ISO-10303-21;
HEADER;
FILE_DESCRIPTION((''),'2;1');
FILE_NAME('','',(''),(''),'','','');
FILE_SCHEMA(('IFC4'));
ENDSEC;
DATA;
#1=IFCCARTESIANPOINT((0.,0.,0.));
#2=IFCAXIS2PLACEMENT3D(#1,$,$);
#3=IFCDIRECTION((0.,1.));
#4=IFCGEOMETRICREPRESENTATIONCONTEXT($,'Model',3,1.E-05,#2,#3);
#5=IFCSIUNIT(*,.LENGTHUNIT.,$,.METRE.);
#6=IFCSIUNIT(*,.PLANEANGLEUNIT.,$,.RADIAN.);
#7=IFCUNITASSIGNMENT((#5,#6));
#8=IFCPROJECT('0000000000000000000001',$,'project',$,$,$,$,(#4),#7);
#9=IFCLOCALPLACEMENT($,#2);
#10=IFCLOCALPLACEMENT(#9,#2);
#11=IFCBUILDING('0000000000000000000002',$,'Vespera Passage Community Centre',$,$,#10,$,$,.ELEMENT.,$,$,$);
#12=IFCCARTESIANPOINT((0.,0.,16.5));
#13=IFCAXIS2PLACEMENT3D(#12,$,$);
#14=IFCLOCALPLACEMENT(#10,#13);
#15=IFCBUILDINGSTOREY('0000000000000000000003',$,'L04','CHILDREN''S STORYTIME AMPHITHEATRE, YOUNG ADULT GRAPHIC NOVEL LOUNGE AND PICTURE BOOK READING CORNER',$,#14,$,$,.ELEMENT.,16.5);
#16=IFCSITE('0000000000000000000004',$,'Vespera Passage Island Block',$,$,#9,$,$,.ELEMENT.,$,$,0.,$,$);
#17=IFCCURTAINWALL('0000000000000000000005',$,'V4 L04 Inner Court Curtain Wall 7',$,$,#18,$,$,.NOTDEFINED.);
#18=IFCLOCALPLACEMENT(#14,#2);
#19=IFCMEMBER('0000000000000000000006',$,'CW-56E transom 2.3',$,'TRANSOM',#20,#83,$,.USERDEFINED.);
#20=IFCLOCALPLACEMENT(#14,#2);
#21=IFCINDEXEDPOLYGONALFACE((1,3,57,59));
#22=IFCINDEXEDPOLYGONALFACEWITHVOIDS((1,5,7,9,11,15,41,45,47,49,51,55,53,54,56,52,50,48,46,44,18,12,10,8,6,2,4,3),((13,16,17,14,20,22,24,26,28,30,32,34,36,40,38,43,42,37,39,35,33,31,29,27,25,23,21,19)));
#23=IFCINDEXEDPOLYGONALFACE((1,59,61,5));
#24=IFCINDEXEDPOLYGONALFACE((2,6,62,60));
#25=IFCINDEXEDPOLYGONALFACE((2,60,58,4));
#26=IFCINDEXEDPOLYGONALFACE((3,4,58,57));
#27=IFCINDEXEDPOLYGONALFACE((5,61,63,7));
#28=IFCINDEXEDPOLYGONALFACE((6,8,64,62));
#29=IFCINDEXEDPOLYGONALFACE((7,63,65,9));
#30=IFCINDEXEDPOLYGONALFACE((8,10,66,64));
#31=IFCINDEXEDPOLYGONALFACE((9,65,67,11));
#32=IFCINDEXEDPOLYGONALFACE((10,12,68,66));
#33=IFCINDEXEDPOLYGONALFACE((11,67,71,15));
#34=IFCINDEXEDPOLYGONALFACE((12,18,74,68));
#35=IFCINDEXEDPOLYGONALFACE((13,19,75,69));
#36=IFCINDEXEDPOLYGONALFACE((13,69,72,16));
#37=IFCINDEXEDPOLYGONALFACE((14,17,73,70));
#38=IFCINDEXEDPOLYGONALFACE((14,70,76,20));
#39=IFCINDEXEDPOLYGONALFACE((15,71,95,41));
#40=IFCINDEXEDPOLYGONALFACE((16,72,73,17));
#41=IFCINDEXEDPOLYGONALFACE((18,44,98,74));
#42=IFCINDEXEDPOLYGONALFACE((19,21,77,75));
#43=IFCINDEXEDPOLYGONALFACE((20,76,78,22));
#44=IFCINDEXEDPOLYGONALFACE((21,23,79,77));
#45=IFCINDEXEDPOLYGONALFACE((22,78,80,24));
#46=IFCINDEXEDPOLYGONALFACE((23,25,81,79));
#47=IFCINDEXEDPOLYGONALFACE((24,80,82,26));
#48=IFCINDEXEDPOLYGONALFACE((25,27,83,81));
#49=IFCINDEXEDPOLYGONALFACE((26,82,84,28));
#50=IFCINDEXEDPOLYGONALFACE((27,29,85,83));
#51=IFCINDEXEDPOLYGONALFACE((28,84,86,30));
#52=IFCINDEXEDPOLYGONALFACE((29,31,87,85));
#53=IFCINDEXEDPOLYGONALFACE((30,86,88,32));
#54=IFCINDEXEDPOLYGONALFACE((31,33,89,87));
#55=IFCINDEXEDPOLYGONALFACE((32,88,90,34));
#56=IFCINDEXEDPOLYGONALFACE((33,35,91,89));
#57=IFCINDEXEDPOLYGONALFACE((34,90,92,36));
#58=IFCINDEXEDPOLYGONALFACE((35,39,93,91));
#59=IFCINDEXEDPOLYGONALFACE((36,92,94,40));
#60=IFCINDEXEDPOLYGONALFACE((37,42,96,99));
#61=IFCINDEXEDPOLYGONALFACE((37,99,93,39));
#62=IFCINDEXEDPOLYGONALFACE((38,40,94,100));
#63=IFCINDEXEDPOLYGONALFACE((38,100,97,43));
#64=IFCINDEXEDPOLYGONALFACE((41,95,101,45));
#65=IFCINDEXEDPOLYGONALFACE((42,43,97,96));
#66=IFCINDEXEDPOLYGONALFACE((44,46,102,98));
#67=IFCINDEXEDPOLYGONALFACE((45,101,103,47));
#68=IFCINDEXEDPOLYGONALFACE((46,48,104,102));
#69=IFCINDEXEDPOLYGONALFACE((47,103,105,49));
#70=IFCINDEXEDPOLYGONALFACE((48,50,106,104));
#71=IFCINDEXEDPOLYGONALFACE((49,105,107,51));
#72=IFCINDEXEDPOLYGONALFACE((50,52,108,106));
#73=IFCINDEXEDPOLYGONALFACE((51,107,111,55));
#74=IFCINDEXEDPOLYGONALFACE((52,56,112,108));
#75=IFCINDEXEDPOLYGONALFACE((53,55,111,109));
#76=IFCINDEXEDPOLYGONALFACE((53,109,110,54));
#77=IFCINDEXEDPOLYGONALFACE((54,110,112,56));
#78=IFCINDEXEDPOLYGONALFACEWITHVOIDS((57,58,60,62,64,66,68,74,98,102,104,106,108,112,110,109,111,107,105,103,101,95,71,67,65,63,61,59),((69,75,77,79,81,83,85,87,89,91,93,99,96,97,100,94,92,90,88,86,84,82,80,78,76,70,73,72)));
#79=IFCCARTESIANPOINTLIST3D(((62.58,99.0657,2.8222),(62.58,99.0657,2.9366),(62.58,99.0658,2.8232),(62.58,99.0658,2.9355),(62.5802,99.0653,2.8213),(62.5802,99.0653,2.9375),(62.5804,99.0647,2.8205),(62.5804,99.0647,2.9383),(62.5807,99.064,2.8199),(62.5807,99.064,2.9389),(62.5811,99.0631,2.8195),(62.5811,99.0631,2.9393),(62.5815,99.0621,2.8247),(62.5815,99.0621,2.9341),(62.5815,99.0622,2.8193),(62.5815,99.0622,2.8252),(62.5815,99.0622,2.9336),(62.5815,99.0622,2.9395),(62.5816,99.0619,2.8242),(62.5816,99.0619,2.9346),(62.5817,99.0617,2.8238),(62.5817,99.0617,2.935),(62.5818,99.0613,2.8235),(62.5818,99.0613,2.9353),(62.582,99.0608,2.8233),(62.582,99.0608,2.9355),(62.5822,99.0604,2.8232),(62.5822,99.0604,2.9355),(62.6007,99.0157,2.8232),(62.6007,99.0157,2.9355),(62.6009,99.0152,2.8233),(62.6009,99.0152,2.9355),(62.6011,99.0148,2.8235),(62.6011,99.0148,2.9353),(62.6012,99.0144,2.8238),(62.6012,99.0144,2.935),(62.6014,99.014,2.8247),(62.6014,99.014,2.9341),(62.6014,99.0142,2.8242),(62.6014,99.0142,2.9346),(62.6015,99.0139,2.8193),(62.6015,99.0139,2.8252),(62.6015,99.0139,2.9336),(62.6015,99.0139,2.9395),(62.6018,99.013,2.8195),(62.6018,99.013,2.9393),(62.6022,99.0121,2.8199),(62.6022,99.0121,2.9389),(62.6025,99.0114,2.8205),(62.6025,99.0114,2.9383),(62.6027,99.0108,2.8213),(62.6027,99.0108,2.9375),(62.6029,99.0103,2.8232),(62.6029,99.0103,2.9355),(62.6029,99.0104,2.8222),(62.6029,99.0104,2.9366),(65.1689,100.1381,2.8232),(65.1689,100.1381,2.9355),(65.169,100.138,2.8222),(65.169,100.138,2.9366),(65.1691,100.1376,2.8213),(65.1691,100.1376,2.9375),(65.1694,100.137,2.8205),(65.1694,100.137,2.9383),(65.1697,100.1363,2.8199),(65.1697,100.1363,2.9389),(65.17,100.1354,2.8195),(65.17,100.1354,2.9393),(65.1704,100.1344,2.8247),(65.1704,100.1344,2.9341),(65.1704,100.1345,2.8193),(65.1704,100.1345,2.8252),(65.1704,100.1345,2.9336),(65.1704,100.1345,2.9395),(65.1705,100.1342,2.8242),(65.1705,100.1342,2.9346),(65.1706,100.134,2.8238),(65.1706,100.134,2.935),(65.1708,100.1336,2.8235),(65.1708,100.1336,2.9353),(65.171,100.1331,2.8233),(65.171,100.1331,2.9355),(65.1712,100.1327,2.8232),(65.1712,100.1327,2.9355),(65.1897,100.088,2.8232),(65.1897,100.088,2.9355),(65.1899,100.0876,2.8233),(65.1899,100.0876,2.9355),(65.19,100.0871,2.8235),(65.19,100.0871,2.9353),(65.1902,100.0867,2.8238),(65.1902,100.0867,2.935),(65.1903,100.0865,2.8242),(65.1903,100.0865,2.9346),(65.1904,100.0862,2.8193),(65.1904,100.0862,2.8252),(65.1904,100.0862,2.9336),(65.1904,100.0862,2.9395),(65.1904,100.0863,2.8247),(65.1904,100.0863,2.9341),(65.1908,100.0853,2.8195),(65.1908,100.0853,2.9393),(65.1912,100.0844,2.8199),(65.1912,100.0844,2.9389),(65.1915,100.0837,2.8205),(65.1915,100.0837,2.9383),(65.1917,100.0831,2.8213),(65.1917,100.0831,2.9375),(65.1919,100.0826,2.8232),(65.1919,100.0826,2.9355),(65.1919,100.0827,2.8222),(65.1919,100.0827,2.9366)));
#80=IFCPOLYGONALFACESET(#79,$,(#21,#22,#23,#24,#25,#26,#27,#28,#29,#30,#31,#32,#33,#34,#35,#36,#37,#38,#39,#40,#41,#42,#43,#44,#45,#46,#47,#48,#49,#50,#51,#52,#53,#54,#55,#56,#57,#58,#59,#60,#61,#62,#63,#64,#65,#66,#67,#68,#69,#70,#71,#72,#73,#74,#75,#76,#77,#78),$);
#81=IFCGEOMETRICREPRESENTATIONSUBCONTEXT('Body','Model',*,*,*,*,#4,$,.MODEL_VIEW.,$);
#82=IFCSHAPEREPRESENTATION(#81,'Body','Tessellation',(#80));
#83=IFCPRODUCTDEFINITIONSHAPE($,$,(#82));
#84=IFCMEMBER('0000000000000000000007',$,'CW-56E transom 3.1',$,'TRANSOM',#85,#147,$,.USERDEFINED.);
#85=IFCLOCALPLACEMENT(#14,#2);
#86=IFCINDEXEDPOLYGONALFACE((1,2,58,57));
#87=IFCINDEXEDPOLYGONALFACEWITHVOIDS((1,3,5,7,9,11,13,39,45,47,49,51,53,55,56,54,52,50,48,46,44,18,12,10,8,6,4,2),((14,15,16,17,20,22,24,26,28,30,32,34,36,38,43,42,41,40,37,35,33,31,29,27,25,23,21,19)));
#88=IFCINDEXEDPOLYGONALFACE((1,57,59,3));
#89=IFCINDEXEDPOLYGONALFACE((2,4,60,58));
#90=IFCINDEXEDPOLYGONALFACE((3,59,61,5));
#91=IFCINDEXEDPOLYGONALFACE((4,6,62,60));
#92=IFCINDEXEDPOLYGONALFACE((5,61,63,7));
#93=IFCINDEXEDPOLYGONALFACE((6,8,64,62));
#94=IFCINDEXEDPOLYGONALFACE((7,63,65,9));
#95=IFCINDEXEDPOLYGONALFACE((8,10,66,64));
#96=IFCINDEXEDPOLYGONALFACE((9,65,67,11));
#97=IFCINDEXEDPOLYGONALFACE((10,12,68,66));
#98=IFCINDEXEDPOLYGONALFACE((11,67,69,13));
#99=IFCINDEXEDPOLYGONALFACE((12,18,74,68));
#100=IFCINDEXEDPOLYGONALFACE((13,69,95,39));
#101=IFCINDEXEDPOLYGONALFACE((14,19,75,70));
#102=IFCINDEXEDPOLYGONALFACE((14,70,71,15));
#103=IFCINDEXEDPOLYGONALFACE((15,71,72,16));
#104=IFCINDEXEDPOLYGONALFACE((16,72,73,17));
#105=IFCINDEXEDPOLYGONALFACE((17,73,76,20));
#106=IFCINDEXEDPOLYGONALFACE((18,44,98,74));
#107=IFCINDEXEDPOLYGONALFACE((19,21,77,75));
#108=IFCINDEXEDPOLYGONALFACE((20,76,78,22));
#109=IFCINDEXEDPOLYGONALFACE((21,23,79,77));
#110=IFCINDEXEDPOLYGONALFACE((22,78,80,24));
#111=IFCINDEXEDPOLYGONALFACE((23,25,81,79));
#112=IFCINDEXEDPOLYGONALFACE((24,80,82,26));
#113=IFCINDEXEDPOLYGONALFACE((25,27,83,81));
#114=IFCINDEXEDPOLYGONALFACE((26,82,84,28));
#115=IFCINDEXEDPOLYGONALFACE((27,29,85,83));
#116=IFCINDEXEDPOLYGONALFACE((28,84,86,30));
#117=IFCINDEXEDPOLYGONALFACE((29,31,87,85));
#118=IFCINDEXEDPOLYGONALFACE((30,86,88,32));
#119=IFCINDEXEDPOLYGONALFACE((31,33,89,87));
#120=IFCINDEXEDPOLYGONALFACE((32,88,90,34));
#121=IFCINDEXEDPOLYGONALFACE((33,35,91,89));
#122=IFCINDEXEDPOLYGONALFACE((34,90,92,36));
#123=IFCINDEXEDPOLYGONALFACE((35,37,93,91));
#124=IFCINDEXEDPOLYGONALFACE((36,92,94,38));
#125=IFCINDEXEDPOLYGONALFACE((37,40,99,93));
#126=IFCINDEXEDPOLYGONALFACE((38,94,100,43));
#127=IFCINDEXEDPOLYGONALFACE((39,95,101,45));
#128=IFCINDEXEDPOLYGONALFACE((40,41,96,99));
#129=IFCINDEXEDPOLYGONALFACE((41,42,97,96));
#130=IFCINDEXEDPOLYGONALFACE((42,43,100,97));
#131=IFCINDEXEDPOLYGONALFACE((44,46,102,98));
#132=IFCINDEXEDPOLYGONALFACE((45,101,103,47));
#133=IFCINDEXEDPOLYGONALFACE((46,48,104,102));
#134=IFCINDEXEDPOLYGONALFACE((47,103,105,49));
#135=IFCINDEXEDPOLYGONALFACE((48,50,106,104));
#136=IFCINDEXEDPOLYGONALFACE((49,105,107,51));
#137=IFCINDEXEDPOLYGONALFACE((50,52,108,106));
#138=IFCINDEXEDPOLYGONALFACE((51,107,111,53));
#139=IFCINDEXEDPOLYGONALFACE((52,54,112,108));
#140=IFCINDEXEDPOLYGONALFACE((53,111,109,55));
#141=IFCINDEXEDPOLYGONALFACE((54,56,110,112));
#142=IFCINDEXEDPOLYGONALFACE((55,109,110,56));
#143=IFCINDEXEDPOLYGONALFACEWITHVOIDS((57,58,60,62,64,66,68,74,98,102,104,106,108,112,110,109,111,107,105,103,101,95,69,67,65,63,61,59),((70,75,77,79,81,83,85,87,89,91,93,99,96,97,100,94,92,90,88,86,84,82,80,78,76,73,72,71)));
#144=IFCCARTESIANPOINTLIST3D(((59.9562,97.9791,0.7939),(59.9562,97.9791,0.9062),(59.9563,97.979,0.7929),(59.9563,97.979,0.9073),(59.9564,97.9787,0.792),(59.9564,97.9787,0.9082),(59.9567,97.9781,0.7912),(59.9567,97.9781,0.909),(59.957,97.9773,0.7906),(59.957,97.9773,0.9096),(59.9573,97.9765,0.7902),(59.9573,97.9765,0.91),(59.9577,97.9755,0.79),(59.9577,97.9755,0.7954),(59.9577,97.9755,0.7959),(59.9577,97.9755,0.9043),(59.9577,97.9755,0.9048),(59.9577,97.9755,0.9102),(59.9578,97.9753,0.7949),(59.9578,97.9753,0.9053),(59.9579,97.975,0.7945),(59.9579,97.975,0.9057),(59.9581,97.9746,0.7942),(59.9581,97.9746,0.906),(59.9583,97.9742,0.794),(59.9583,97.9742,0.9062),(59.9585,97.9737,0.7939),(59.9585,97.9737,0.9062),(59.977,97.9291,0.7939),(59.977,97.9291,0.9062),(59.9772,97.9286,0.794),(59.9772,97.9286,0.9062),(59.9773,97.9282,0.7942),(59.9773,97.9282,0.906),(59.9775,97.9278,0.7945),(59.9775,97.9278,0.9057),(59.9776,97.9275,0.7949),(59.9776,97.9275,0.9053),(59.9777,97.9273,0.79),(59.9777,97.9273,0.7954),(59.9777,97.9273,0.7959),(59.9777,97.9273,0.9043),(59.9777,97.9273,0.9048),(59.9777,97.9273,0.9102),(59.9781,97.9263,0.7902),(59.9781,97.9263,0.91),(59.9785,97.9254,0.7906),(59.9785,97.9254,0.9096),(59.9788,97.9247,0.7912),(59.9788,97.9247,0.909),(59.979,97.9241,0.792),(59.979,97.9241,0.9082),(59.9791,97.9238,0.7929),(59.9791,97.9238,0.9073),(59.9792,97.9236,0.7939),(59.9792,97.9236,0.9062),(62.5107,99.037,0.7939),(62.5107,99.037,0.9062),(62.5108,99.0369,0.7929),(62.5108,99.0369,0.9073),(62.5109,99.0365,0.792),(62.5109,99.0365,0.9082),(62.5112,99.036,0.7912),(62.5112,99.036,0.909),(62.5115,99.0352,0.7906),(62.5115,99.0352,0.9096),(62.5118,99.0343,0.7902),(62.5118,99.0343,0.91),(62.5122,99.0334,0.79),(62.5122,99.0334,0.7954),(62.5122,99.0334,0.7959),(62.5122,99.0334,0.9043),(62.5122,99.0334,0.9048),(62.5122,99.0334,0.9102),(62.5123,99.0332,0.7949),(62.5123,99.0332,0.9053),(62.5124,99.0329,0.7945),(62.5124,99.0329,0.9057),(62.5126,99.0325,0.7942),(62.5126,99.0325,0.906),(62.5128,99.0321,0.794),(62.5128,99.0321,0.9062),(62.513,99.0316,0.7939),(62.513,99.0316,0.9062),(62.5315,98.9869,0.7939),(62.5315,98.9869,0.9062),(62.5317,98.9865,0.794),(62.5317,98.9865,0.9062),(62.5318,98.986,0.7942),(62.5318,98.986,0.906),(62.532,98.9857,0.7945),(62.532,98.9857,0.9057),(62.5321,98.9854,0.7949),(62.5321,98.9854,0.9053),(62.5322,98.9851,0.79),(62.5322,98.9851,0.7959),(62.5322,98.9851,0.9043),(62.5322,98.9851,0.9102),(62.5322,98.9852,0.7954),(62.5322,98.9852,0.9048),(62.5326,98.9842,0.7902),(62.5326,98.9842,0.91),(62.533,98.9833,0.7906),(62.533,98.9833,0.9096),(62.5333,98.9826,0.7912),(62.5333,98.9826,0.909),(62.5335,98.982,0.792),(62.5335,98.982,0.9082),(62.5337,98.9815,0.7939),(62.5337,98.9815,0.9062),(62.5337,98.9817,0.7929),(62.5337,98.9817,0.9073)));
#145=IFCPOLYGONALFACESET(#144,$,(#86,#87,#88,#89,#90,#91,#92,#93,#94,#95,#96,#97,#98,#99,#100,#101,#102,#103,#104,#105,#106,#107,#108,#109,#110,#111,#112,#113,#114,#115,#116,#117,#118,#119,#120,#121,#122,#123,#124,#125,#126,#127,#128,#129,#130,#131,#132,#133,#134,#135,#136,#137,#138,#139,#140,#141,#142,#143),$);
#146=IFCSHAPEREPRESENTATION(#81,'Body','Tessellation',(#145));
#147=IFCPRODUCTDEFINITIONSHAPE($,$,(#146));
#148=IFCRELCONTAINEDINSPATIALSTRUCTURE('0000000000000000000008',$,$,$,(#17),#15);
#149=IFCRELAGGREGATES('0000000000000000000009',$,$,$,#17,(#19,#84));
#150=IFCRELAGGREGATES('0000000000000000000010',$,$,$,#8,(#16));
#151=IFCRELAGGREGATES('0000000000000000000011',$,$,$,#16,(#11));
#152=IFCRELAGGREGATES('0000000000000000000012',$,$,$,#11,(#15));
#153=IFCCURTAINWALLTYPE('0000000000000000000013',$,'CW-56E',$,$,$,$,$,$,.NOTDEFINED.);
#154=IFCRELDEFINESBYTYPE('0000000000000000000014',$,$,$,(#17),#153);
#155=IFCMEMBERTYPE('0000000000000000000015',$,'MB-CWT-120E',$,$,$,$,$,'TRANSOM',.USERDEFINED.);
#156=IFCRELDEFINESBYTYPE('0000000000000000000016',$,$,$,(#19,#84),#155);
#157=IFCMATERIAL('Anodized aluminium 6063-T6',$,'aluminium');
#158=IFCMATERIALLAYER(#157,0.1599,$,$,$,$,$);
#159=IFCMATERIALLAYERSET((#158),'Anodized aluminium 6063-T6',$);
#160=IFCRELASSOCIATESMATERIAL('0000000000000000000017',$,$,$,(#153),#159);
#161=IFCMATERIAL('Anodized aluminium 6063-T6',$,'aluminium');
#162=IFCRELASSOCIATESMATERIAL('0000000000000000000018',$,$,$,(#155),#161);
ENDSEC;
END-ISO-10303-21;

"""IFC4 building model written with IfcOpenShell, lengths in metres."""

from ifc_helpers import new_model, si_unit, direction, frame, origin, origin_2d, place, context, subcontext, project, spatial, hollow_rectangle, extrude, material, layer, layer_set, material_profile, profile_set, type_object, element, aggregate, save


model = new_model("IFC4")

# Units and contexts
model_context = context("Model", 3, precision=1e-05, world=origin(), true_north=direction((0.0, 1.0)))
body_context = subcontext(model_context, "Body", "Model", "MODEL_VIEW")
ifc_project = project(units=[si_unit("LENGTHUNIT", "METRE"), si_unit("PLANEANGLEUNIT", "RADIAN")], contexts=[model_context])

# Site, building, storey
site_placement = place(None, origin())
site = spatial("IfcSite", under=ifc_project, at=site_placement, Name="Vespera Passage Island Block", CompositionType="ELEMENT", RefElevation=0.0)
building_placement = place(site_placement, origin())
building = spatial("IfcBuilding", under=site, at=building_placement, Name="Vespera Passage Community Centre", CompositionType="ELEMENT")
storey_placement = place(building_placement, frame((0.0, 0.0, 16.5)))
storey = spatial("IfcBuildingStorey", under=building, at=storey_placement, Name="L04", Description="CHILDREN'S STORYTIME AMPHITHEATRE, YOUNG ADULT GRAPHIC NOVEL LOUNGE AND PICTURE BOOK READING CORNER", CompositionType="ELEMENT", Elevation=16.5)

# Curtain wall
ifc_material_1 = material(Name="Anodized aluminium 6063-T6", Category="aluminium")
ifc_layer_1 = layer(ifc_material_1, 0.1599)
ifc_layer_set_1 = layer_set([ifc_layer_1], Name="Anodized aluminium 6063-T6")
curtain_wall_type_1 = type_object("IfcCurtainWallType", Name="CW-56E", PredefinedType="NOTDEFINED", material=ifc_layer_set_1)
curtain_wall_1_placement = place(storey_placement, origin())
curtain_wall_1 = element("IfcCurtainWall", 1, at=curtain_wall_1_placement, inside=storey, type_object=curtain_wall_type_1, Name="V4 L04 Inner Court Curtain Wall 7", PredefinedType="NOTDEFINED")

# Members
ifc_material_2 = material(Name="Anodized aluminium 6063-T6", Category="aluminium")
ifc_material_profile_1 = material_profile(ifc_material_2, hollow_rectangle(XDim=0.0601, YDim=0.1201, WallThickness=0.0039, InnerFilletRadius=0.002, OuterFilletRadius=0.0039, at=origin_2d()), Name="ALU120X60X4")
ifc_profile_set_1 = profile_set([ifc_material_profile_1], Name="Anodized aluminium 6063-T6")
member_type_1 = type_object("IfcMemberType", Name="MB-CWT-120E", ElementType="TRANSOM", PredefinedType="USERDEFINED", material=ifc_profile_set_1)
member_1_placement = place(storey_placement, frame((65.1804, 100.1104, 2.8794), z_axis=(-0.923889, -0.38266, 0.0), x_axis=(0.38266, -0.923889, 0.0)))
member_1 = element("IfcMember", 2, at=member_1_placement, type_object=member_type_1, Name="CW-56E transom 2.3", ObjectType="TRANSOM", PredefinedType="USERDEFINED", context=body_context, shape_type="SweptSolid", body=[
    extrude(hollow_rectangle(XDim=0.0601, YDim=0.1201, WallThickness=0.0039, InnerFilletRadius=0.002, OuterFilletRadius=0.0039, at=origin_2d()), origin(), (0.0, 0.0, 1.0), 2.8022),
])
member_2_placement = place(storey_placement, frame((62.5222, 99.0093, 0.8501), z_axis=(-0.923908, -0.382614, 0.0), x_axis=(0.382614, -0.923908, 0.0)))
member_2 = element("IfcMember", 3, at=member_2_placement, type_object=member_type_1, Name="CW-56E transom 3.1", ObjectType="TRANSOM", PredefinedType="USERDEFINED", context=body_context, shape_type="SweptSolid", body=[
    extrude(hollow_rectangle(XDim=0.0601, YDim=0.1201, WallThickness=0.0039, InnerFilletRadius=0.002, OuterFilletRadius=0.0039, at=origin_2d()), origin(), (0.0, 0.0, 1.0), 2.7649),
])

aggregate(curtain_wall_1, [member_1, member_2])

save(model, "model.ifc")
